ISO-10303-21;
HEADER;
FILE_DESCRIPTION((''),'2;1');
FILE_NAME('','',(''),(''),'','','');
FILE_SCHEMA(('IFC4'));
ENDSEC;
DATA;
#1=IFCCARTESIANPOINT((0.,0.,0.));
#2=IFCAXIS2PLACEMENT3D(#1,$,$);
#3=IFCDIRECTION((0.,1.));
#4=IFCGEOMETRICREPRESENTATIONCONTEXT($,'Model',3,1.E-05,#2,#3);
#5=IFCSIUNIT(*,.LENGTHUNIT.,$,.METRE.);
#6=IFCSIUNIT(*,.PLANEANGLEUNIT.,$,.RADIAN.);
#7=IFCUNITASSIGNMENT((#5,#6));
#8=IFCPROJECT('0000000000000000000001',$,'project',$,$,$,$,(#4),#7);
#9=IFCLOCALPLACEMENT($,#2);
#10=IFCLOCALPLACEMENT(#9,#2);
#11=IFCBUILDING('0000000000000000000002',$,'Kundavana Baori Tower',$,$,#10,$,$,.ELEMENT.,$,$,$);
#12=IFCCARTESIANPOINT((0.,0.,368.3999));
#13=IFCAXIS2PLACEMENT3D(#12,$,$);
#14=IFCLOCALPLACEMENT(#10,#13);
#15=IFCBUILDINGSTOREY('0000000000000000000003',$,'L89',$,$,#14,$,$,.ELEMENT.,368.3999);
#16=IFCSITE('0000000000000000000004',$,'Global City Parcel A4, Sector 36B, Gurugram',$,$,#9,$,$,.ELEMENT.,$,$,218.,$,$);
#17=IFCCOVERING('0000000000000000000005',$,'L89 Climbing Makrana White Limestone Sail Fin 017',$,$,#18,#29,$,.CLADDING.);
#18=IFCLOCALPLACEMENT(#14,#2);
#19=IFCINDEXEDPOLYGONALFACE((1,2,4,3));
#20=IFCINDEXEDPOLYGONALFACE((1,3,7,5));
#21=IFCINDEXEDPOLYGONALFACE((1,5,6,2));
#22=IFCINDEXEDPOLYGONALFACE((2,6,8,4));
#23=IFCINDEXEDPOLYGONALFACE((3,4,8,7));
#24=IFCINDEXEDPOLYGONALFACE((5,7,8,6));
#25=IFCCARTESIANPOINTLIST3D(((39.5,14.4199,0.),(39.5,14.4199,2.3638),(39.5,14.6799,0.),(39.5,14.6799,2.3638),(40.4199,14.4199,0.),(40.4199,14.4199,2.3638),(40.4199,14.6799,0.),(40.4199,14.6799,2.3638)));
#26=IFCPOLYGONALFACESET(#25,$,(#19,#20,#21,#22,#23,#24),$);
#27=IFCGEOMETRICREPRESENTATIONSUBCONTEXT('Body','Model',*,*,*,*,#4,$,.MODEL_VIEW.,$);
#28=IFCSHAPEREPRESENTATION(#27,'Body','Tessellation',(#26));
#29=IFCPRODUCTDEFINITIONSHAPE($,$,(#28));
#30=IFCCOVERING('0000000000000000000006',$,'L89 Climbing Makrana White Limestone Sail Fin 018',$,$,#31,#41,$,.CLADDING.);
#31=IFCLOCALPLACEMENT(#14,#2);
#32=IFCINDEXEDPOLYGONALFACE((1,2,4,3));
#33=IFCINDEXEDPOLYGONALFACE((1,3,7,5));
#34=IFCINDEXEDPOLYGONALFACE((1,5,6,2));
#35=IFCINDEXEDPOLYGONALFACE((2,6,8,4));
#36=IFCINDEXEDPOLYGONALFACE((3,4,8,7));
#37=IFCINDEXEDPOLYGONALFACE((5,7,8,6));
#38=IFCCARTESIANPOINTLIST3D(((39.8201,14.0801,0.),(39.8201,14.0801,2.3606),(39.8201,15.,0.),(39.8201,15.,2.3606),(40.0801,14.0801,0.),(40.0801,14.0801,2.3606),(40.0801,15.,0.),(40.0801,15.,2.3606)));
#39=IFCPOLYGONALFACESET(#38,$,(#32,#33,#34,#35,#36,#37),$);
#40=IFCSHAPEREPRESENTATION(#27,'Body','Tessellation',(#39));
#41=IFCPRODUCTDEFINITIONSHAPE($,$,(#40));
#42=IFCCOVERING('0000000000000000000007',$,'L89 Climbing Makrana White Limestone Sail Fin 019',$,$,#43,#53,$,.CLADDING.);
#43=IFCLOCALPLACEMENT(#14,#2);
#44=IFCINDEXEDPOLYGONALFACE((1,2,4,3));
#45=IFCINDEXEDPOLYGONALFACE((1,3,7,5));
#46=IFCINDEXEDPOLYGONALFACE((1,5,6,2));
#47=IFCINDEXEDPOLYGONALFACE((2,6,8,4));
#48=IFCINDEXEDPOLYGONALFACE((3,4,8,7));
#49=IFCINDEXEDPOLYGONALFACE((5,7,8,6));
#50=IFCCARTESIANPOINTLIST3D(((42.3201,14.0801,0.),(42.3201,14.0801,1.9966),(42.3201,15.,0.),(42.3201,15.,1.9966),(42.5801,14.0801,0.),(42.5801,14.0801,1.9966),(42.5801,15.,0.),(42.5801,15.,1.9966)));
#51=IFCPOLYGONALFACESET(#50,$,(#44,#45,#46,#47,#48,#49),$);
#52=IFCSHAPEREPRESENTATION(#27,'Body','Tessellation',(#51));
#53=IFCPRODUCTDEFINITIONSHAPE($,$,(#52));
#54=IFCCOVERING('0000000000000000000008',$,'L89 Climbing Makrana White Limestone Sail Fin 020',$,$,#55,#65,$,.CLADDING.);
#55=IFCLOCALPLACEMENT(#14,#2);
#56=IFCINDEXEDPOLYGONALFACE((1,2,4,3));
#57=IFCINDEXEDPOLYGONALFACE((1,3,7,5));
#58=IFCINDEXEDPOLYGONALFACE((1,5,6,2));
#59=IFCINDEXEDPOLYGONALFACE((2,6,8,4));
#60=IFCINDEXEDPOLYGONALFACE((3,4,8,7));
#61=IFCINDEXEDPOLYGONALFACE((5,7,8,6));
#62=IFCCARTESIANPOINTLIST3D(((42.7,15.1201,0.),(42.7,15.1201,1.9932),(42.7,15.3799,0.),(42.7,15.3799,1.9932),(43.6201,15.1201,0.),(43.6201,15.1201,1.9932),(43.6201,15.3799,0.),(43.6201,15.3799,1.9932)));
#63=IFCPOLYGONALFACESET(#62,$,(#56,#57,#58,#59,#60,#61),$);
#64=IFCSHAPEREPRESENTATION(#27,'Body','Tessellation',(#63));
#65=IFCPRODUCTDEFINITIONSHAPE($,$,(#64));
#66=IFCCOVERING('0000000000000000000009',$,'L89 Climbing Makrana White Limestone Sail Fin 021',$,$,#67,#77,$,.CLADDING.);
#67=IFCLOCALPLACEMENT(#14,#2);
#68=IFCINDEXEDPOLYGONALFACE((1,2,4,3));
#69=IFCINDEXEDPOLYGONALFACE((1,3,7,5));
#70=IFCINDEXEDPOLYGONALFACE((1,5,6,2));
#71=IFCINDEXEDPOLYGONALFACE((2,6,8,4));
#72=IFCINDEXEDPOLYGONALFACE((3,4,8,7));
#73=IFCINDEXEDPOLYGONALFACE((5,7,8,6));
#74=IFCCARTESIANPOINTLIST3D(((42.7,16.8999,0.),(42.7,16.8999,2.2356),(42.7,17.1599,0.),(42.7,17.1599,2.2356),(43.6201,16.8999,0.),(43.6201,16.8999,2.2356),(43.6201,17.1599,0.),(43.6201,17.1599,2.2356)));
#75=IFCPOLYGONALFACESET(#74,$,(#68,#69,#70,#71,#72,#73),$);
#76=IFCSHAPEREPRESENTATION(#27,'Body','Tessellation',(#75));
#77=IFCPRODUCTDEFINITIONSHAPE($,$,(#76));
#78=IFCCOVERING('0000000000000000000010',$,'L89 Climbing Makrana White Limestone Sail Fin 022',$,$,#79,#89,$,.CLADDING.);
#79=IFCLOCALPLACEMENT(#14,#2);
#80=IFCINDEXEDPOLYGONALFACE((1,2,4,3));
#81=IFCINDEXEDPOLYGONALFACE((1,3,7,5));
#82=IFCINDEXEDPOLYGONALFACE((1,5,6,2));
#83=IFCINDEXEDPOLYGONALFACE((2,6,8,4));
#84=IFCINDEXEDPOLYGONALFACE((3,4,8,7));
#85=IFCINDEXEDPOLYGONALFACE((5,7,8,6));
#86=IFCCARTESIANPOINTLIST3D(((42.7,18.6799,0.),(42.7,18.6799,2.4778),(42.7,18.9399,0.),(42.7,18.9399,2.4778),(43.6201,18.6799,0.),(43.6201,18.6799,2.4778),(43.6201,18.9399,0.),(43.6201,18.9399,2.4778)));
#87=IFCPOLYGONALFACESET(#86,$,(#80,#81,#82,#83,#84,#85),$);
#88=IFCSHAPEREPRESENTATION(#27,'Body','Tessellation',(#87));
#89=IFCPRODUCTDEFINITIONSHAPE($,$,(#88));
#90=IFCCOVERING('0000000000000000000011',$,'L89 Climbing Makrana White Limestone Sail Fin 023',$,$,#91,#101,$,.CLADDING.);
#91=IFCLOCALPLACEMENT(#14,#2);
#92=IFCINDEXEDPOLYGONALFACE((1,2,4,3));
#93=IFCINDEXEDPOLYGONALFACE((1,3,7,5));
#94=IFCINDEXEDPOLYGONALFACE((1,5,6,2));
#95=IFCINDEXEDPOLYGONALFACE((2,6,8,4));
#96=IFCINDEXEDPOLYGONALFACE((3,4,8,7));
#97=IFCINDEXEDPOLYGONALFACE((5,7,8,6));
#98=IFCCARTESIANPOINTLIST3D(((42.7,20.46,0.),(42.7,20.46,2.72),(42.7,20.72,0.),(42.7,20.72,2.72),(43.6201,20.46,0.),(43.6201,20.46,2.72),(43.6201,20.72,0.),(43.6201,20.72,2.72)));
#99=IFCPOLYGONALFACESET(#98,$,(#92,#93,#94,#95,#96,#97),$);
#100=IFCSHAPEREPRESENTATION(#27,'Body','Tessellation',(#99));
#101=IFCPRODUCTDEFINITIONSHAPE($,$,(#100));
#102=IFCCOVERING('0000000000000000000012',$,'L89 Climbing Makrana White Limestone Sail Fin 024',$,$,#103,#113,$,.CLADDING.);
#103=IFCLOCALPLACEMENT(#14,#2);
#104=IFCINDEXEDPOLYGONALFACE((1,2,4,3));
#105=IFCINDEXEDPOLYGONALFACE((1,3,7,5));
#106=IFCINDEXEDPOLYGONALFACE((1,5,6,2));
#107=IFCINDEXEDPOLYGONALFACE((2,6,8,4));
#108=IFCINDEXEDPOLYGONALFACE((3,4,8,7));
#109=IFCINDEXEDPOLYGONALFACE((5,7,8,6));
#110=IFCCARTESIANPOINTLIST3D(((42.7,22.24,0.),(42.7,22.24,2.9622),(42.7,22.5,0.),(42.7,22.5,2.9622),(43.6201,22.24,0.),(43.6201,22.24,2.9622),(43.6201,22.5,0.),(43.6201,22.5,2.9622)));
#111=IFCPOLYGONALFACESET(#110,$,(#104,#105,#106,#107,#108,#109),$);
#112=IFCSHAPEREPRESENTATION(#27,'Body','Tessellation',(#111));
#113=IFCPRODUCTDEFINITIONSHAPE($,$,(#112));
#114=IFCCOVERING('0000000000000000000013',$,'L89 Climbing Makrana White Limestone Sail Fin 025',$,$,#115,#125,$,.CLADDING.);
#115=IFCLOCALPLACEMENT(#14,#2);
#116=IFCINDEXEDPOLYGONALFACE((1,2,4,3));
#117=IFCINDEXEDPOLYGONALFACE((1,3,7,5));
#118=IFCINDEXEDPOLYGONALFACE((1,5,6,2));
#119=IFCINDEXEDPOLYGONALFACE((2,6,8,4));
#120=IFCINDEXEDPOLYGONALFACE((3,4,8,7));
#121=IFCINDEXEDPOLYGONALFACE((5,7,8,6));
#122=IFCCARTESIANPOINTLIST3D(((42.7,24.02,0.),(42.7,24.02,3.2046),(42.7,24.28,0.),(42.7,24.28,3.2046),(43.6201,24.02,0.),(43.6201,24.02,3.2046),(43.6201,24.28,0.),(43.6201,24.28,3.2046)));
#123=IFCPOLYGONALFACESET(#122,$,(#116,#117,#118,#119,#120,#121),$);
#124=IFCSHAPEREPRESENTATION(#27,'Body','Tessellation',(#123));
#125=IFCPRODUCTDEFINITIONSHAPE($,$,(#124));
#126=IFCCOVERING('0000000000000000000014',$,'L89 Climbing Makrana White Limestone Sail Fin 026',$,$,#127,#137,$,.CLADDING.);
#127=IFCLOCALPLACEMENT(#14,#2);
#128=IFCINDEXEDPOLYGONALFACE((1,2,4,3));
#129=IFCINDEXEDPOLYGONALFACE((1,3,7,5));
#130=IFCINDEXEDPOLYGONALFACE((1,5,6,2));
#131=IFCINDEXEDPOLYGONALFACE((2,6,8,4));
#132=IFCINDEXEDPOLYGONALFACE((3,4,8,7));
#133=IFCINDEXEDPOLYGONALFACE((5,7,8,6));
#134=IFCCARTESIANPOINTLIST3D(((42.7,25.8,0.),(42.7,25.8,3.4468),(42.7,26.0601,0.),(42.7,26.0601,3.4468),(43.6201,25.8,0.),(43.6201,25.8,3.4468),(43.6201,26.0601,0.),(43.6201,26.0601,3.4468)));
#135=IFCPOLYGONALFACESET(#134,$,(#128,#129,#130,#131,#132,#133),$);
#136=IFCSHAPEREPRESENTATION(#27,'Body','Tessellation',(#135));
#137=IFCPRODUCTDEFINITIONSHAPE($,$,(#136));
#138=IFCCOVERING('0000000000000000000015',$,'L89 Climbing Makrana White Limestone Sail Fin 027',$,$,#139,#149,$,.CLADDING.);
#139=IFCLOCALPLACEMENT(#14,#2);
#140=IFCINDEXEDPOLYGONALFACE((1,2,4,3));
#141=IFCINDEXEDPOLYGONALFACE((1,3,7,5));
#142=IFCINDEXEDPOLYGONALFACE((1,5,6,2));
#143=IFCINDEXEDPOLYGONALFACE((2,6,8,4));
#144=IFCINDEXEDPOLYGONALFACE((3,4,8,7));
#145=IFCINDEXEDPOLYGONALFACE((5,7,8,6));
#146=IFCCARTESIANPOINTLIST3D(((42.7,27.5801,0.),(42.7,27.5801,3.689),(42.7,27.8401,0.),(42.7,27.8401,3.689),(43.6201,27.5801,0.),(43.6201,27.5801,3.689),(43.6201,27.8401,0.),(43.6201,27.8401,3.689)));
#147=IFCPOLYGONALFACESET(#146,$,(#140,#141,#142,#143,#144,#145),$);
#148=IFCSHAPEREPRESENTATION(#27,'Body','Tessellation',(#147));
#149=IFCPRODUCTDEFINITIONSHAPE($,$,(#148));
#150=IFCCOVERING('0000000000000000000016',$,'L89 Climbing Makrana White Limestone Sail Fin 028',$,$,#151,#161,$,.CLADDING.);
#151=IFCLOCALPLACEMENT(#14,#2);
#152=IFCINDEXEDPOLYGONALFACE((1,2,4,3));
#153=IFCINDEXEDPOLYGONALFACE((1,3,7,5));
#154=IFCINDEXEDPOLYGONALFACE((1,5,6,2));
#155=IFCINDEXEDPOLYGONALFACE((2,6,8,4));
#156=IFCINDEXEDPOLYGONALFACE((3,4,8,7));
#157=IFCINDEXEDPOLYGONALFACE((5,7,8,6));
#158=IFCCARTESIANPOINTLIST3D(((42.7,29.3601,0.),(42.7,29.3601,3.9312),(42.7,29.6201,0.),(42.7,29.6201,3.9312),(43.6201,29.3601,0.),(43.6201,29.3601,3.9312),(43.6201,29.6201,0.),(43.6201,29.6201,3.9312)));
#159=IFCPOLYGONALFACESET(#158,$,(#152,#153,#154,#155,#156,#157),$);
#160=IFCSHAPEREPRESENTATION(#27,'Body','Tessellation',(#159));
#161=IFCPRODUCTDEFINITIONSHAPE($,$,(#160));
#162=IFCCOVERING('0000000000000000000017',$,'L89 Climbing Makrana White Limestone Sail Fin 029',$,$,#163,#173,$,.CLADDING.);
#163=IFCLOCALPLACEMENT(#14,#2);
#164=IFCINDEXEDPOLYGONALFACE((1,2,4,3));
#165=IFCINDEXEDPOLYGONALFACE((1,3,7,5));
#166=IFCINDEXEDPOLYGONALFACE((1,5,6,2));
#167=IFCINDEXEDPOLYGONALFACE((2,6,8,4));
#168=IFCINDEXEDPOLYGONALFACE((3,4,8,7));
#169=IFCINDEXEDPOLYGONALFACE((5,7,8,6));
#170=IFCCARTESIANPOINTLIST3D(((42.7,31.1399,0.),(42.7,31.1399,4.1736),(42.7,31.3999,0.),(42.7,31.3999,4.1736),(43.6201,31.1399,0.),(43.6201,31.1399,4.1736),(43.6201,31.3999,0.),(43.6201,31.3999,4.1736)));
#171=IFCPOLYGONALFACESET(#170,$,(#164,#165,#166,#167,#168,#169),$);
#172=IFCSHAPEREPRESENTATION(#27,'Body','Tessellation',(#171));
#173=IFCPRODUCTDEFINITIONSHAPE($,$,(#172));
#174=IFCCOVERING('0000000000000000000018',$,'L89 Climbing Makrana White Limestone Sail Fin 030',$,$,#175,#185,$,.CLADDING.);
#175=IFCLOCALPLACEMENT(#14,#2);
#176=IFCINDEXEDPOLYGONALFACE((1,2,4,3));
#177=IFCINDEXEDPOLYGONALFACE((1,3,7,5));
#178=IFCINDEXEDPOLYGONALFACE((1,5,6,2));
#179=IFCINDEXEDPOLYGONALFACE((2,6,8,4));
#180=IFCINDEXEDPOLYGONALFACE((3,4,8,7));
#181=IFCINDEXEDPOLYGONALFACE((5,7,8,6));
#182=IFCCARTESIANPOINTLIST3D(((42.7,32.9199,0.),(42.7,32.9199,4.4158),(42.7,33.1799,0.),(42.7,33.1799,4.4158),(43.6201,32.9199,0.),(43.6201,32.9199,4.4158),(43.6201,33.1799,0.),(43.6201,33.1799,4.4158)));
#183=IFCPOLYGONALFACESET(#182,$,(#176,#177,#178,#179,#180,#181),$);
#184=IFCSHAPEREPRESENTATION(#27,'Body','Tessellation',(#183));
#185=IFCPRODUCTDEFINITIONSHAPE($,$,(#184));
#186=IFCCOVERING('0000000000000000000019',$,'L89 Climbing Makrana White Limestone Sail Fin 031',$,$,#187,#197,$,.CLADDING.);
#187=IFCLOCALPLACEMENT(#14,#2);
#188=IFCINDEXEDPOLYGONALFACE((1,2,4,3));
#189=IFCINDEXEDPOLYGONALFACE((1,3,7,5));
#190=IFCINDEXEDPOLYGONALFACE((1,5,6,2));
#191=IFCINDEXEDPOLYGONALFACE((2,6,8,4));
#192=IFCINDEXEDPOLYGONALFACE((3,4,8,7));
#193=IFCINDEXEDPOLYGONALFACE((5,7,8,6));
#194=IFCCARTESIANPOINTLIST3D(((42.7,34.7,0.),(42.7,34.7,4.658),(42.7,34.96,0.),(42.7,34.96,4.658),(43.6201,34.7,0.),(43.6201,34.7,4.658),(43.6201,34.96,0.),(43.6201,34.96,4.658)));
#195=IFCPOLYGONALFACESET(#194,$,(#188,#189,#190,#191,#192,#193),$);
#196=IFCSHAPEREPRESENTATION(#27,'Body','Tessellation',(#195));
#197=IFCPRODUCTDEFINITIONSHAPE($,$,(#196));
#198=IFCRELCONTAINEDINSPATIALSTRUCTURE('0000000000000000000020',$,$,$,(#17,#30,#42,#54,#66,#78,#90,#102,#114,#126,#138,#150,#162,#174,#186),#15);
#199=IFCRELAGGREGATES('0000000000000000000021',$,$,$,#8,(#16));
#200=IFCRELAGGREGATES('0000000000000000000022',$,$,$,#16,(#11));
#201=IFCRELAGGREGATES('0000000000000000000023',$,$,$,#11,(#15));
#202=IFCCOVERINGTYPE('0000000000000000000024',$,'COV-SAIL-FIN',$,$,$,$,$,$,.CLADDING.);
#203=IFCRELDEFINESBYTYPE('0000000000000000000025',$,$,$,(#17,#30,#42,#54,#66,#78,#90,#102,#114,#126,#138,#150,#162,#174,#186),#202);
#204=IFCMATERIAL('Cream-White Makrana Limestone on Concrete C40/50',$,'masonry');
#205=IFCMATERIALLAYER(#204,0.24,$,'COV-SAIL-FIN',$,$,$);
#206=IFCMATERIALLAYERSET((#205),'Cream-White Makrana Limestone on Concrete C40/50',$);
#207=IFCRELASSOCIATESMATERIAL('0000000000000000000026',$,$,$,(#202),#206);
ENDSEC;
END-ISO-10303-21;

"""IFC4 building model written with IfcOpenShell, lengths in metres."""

from ifc_helpers import new_model, si_unit, direction, frame, origin, place, context, subcontext, project, spatial, polyline, outline, extrude, material, layer, layer_set, type_object, element, save


model = new_model("IFC4")

# Units and contexts
model_context = context("Model", 3, precision=1e-05, world=origin(), true_north=direction((0.0, 1.0)))
body_context = subcontext(model_context, "Body", "Model", "MODEL_VIEW")
ifc_project = project(units=[si_unit("LENGTHUNIT", "METRE"), si_unit("PLANEANGLEUNIT", "RADIAN")], contexts=[model_context])

# Site, building, storey
site_placement = place(None, origin())
site = spatial("IfcSite", under=ifc_project, at=site_placement, Name="Global City Parcel A4, Sector 36B, Gurugram", CompositionType="ELEMENT", RefElevation=218.0)
building_placement = place(site_placement, origin())
building = spatial("IfcBuilding", under=site, at=building_placement, Name="Kundavana Baori Tower", CompositionType="ELEMENT")
storey_placement = place(building_placement, frame((0.0, 0.0, 368.3999)))
storey = spatial("IfcBuildingStorey", under=building, at=storey_placement, Name="L89", CompositionType="ELEMENT", Elevation=368.3999)

# Coverings
ifc_material = material(Name="Cream-White Makrana Limestone on Concrete C40/50", Category="masonry")
ifc_layer = layer(ifc_material, 0.24, Name="COV-SAIL-FIN")
ifc_layer_set = layer_set([ifc_layer], Name="Cream-White Makrana Limestone on Concrete C40/50")
covering_type = type_object("IfcCoveringType", Name="COV-SAIL-FIN", PredefinedType="CLADDING", material=ifc_layer_set)
covering_1_placement = place(storey_placement, origin())
element("IfcCovering", 1, at=covering_1_placement, inside=storey, type_object=covering_type, Name="L89 Climbing Makrana White Limestone Sail Fin 017", PredefinedType="CLADDING", context=body_context, shape_type="SweptSolid", body=[
    extrude(outline(polyline([(39.5, 14.4199), (40.4199, 14.4199), (40.4199, 14.6799), (39.5, 14.6799), (39.5, 14.4199)])), origin(), (0.0, 0.0, 1.0), 2.3638),
])
covering_2_placement = place(storey_placement, origin())
element("IfcCovering", 2, at=covering_2_placement, inside=storey, type_object=covering_type, Name="L89 Climbing Makrana White Limestone Sail Fin 018", PredefinedType="CLADDING", context=body_context, shape_type="SweptSolid", body=[
    extrude(outline(polyline([(39.8201, 14.0801), (40.0801, 14.0801), (40.0801, 15.0), (39.8201, 15.0), (39.8201, 14.0801)])), origin(), (0.0, 0.0, 1.0), 2.3606),
])
covering_3_placement = place(storey_placement, origin())
element("IfcCovering", 3, at=covering_3_placement, inside=storey, type_object=covering_type, Name="L89 Climbing Makrana White Limestone Sail Fin 019", PredefinedType="CLADDING", context=body_context, shape_type="SweptSolid", body=[
    extrude(outline(polyline([(42.3201, 14.0801), (42.5801, 14.0801), (42.5801, 15.0), (42.3201, 15.0), (42.3201, 14.0801)])), origin(), (0.0, 0.0, 1.0), 1.9966),
])
covering_4_placement = place(storey_placement, origin())
element("IfcCovering", 4, at=covering_4_placement, inside=storey, type_object=covering_type, Name="L89 Climbing Makrana White Limestone Sail Fin 020", PredefinedType="CLADDING", context=body_context, shape_type="SweptSolid", body=[
    extrude(outline(polyline([(42.7, 15.1201), (43.6201, 15.1201), (43.6201, 15.3799), (42.7, 15.3799), (42.7, 15.1201)])), origin(), (0.0, 0.0, 1.0), 1.9932),
])
covering_5_placement = place(storey_placement, origin())
element("IfcCovering", 5, at=covering_5_placement, inside=storey, type_object=covering_type, Name="L89 Climbing Makrana White Limestone Sail Fin 021", PredefinedType="CLADDING", context=body_context, shape_type="SweptSolid", body=[
    extrude(outline(polyline([(42.7, 16.8999), (43.6201, 16.8999), (43.6201, 17.1599), (42.7, 17.1599), (42.7, 16.8999)])), origin(), (0.0, 0.0, 1.0), 2.2356),
])
covering_6_placement = place(storey_placement, origin())
element("IfcCovering", 6, at=covering_6_placement, inside=storey, type_object=covering_type, Name="L89 Climbing Makrana White Limestone Sail Fin 022", PredefinedType="CLADDING", context=body_context, shape_type="SweptSolid", body=[
    extrude(outline(polyline([(42.7, 18.6799), (43.6201, 18.6799), (43.6201, 18.9399), (42.7, 18.9399), (42.7, 18.6799)])), origin(), (0.0, 0.0, 1.0), 2.4778),
])
covering_7_placement = place(storey_placement, origin())
element("IfcCovering", 7, at=covering_7_placement, inside=storey, type_object=covering_type, Name="L89 Climbing Makrana White Limestone Sail Fin 023", PredefinedType="CLADDING", context=body_context, shape_type="SweptSolid", body=[
    extrude(outline(polyline([(42.7, 20.46), (43.6201, 20.46), (43.6201, 20.72), (42.7, 20.72), (42.7, 20.46)])), origin(), (0.0, 0.0, 1.0), 2.72),
])
covering_8_placement = place(storey_placement, origin())
element("IfcCovering", 8, at=covering_8_placement, inside=storey, type_object=covering_type, Name="L89 Climbing Makrana White Limestone Sail Fin 024", PredefinedType="CLADDING", context=body_context, shape_type="SweptSolid", body=[
    extrude(outline(polyline([(42.7, 22.24), (43.6201, 22.24), (43.6201, 22.5), (42.7, 22.5), (42.7, 22.24)])), origin(), (0.0, 0.0, 1.0), 2.9622),
])
covering_9_placement = place(storey_placement, origin())
element("IfcCovering", 9, at=covering_9_placement, inside=storey, type_object=covering_type, Name="L89 Climbing Makrana White Limestone Sail Fin 025", PredefinedType="CLADDING", context=body_context, shape_type="SweptSolid", body=[
    extrude(outline(polyline([(42.7, 24.02), (43.6201, 24.02), (43.6201, 24.28), (42.7, 24.28), (42.7, 24.02)])), origin(), (0.0, 0.0, 1.0), 3.2046),
])
covering_10_placement = place(storey_placement, origin())
element("IfcCovering", 10, at=covering_10_placement, inside=storey, type_object=covering_type, Name="L89 Climbing Makrana White Limestone Sail Fin 026", PredefinedType="CLADDING", context=body_context, shape_type="SweptSolid", body=[
    extrude(outline(polyline([(42.7, 25.8), (43.6201, 25.8), (43.6201, 26.0601), (42.7, 26.0601), (42.7, 25.8)])), origin(), (0.0, 0.0, 1.0), 3.4468),
])
covering_11_placement = place(storey_placement, origin())
element("IfcCovering", 11, at=covering_11_placement, inside=storey, type_object=covering_type, Name="L89 Climbing Makrana White Limestone Sail Fin 027", PredefinedType="CLADDING", context=body_context, shape_type="SweptSolid", body=[
    extrude(outline(polyline([(42.7, 27.5801), (43.6201, 27.5801), (43.6201, 27.8401), (42.7, 27.8401), (42.7, 27.5801)])), origin(), (0.0, 0.0, 1.0), 3.689),
])
covering_12_placement = place(storey_placement, origin())
element("IfcCovering", 12, at=covering_12_placement, inside=storey, type_object=covering_type, Name="L89 Climbing Makrana White Limestone Sail Fin 028", PredefinedType="CLADDING", context=body_context, shape_type="SweptSolid", body=[
    extrude(outline(polyline([(42.7, 29.3601), (43.6201, 29.3601), (43.6201, 29.6201), (42.7, 29.6201), (42.7, 29.3601)])), origin(), (0.0, 0.0, 1.0), 3.9312),
])
covering_13_placement = place(storey_placement, origin())
element("IfcCovering", 13, at=covering_13_placement, inside=storey, type_object=covering_type, Name="L89 Climbing Makrana White Limestone Sail Fin 029", PredefinedType="CLADDING", context=body_context, shape_type="SweptSolid", body=[
    extrude(outline(polyline([(42.7, 31.1399), (43.6201, 31.1399), (43.6201, 31.3999), (42.7, 31.3999), (42.7, 31.1399)])), origin(), (0.0, 0.0, 1.0), 4.1736),
])
covering_14_placement = place(storey_placement, origin())
element("IfcCovering", 14, at=covering_14_placement, inside=storey, type_object=covering_type, Name="L89 Climbing Makrana White Limestone Sail Fin 030", PredefinedType="CLADDING", context=body_context, shape_type="SweptSolid", body=[
    extrude(outline(polyline([(42.7, 32.9199), (43.6201, 32.9199), (43.6201, 33.1799), (42.7, 33.1799), (42.7, 32.9199)])), origin(), (0.0, 0.0, 1.0), 4.4158),
])
covering_15_placement = place(storey_placement, origin())
element("IfcCovering", 15, at=covering_15_placement, inside=storey, type_object=covering_type, Name="L89 Climbing Makrana White Limestone Sail Fin 031", PredefinedType="CLADDING", context=body_context, shape_type="SweptSolid", body=[
    extrude(outline(polyline([(42.7, 34.7), (43.6201, 34.7), (43.6201, 34.96), (42.7, 34.96), (42.7, 34.7)])), origin(), (0.0, 0.0, 1.0), 4.658),
])

save(model, "model.ifc")
